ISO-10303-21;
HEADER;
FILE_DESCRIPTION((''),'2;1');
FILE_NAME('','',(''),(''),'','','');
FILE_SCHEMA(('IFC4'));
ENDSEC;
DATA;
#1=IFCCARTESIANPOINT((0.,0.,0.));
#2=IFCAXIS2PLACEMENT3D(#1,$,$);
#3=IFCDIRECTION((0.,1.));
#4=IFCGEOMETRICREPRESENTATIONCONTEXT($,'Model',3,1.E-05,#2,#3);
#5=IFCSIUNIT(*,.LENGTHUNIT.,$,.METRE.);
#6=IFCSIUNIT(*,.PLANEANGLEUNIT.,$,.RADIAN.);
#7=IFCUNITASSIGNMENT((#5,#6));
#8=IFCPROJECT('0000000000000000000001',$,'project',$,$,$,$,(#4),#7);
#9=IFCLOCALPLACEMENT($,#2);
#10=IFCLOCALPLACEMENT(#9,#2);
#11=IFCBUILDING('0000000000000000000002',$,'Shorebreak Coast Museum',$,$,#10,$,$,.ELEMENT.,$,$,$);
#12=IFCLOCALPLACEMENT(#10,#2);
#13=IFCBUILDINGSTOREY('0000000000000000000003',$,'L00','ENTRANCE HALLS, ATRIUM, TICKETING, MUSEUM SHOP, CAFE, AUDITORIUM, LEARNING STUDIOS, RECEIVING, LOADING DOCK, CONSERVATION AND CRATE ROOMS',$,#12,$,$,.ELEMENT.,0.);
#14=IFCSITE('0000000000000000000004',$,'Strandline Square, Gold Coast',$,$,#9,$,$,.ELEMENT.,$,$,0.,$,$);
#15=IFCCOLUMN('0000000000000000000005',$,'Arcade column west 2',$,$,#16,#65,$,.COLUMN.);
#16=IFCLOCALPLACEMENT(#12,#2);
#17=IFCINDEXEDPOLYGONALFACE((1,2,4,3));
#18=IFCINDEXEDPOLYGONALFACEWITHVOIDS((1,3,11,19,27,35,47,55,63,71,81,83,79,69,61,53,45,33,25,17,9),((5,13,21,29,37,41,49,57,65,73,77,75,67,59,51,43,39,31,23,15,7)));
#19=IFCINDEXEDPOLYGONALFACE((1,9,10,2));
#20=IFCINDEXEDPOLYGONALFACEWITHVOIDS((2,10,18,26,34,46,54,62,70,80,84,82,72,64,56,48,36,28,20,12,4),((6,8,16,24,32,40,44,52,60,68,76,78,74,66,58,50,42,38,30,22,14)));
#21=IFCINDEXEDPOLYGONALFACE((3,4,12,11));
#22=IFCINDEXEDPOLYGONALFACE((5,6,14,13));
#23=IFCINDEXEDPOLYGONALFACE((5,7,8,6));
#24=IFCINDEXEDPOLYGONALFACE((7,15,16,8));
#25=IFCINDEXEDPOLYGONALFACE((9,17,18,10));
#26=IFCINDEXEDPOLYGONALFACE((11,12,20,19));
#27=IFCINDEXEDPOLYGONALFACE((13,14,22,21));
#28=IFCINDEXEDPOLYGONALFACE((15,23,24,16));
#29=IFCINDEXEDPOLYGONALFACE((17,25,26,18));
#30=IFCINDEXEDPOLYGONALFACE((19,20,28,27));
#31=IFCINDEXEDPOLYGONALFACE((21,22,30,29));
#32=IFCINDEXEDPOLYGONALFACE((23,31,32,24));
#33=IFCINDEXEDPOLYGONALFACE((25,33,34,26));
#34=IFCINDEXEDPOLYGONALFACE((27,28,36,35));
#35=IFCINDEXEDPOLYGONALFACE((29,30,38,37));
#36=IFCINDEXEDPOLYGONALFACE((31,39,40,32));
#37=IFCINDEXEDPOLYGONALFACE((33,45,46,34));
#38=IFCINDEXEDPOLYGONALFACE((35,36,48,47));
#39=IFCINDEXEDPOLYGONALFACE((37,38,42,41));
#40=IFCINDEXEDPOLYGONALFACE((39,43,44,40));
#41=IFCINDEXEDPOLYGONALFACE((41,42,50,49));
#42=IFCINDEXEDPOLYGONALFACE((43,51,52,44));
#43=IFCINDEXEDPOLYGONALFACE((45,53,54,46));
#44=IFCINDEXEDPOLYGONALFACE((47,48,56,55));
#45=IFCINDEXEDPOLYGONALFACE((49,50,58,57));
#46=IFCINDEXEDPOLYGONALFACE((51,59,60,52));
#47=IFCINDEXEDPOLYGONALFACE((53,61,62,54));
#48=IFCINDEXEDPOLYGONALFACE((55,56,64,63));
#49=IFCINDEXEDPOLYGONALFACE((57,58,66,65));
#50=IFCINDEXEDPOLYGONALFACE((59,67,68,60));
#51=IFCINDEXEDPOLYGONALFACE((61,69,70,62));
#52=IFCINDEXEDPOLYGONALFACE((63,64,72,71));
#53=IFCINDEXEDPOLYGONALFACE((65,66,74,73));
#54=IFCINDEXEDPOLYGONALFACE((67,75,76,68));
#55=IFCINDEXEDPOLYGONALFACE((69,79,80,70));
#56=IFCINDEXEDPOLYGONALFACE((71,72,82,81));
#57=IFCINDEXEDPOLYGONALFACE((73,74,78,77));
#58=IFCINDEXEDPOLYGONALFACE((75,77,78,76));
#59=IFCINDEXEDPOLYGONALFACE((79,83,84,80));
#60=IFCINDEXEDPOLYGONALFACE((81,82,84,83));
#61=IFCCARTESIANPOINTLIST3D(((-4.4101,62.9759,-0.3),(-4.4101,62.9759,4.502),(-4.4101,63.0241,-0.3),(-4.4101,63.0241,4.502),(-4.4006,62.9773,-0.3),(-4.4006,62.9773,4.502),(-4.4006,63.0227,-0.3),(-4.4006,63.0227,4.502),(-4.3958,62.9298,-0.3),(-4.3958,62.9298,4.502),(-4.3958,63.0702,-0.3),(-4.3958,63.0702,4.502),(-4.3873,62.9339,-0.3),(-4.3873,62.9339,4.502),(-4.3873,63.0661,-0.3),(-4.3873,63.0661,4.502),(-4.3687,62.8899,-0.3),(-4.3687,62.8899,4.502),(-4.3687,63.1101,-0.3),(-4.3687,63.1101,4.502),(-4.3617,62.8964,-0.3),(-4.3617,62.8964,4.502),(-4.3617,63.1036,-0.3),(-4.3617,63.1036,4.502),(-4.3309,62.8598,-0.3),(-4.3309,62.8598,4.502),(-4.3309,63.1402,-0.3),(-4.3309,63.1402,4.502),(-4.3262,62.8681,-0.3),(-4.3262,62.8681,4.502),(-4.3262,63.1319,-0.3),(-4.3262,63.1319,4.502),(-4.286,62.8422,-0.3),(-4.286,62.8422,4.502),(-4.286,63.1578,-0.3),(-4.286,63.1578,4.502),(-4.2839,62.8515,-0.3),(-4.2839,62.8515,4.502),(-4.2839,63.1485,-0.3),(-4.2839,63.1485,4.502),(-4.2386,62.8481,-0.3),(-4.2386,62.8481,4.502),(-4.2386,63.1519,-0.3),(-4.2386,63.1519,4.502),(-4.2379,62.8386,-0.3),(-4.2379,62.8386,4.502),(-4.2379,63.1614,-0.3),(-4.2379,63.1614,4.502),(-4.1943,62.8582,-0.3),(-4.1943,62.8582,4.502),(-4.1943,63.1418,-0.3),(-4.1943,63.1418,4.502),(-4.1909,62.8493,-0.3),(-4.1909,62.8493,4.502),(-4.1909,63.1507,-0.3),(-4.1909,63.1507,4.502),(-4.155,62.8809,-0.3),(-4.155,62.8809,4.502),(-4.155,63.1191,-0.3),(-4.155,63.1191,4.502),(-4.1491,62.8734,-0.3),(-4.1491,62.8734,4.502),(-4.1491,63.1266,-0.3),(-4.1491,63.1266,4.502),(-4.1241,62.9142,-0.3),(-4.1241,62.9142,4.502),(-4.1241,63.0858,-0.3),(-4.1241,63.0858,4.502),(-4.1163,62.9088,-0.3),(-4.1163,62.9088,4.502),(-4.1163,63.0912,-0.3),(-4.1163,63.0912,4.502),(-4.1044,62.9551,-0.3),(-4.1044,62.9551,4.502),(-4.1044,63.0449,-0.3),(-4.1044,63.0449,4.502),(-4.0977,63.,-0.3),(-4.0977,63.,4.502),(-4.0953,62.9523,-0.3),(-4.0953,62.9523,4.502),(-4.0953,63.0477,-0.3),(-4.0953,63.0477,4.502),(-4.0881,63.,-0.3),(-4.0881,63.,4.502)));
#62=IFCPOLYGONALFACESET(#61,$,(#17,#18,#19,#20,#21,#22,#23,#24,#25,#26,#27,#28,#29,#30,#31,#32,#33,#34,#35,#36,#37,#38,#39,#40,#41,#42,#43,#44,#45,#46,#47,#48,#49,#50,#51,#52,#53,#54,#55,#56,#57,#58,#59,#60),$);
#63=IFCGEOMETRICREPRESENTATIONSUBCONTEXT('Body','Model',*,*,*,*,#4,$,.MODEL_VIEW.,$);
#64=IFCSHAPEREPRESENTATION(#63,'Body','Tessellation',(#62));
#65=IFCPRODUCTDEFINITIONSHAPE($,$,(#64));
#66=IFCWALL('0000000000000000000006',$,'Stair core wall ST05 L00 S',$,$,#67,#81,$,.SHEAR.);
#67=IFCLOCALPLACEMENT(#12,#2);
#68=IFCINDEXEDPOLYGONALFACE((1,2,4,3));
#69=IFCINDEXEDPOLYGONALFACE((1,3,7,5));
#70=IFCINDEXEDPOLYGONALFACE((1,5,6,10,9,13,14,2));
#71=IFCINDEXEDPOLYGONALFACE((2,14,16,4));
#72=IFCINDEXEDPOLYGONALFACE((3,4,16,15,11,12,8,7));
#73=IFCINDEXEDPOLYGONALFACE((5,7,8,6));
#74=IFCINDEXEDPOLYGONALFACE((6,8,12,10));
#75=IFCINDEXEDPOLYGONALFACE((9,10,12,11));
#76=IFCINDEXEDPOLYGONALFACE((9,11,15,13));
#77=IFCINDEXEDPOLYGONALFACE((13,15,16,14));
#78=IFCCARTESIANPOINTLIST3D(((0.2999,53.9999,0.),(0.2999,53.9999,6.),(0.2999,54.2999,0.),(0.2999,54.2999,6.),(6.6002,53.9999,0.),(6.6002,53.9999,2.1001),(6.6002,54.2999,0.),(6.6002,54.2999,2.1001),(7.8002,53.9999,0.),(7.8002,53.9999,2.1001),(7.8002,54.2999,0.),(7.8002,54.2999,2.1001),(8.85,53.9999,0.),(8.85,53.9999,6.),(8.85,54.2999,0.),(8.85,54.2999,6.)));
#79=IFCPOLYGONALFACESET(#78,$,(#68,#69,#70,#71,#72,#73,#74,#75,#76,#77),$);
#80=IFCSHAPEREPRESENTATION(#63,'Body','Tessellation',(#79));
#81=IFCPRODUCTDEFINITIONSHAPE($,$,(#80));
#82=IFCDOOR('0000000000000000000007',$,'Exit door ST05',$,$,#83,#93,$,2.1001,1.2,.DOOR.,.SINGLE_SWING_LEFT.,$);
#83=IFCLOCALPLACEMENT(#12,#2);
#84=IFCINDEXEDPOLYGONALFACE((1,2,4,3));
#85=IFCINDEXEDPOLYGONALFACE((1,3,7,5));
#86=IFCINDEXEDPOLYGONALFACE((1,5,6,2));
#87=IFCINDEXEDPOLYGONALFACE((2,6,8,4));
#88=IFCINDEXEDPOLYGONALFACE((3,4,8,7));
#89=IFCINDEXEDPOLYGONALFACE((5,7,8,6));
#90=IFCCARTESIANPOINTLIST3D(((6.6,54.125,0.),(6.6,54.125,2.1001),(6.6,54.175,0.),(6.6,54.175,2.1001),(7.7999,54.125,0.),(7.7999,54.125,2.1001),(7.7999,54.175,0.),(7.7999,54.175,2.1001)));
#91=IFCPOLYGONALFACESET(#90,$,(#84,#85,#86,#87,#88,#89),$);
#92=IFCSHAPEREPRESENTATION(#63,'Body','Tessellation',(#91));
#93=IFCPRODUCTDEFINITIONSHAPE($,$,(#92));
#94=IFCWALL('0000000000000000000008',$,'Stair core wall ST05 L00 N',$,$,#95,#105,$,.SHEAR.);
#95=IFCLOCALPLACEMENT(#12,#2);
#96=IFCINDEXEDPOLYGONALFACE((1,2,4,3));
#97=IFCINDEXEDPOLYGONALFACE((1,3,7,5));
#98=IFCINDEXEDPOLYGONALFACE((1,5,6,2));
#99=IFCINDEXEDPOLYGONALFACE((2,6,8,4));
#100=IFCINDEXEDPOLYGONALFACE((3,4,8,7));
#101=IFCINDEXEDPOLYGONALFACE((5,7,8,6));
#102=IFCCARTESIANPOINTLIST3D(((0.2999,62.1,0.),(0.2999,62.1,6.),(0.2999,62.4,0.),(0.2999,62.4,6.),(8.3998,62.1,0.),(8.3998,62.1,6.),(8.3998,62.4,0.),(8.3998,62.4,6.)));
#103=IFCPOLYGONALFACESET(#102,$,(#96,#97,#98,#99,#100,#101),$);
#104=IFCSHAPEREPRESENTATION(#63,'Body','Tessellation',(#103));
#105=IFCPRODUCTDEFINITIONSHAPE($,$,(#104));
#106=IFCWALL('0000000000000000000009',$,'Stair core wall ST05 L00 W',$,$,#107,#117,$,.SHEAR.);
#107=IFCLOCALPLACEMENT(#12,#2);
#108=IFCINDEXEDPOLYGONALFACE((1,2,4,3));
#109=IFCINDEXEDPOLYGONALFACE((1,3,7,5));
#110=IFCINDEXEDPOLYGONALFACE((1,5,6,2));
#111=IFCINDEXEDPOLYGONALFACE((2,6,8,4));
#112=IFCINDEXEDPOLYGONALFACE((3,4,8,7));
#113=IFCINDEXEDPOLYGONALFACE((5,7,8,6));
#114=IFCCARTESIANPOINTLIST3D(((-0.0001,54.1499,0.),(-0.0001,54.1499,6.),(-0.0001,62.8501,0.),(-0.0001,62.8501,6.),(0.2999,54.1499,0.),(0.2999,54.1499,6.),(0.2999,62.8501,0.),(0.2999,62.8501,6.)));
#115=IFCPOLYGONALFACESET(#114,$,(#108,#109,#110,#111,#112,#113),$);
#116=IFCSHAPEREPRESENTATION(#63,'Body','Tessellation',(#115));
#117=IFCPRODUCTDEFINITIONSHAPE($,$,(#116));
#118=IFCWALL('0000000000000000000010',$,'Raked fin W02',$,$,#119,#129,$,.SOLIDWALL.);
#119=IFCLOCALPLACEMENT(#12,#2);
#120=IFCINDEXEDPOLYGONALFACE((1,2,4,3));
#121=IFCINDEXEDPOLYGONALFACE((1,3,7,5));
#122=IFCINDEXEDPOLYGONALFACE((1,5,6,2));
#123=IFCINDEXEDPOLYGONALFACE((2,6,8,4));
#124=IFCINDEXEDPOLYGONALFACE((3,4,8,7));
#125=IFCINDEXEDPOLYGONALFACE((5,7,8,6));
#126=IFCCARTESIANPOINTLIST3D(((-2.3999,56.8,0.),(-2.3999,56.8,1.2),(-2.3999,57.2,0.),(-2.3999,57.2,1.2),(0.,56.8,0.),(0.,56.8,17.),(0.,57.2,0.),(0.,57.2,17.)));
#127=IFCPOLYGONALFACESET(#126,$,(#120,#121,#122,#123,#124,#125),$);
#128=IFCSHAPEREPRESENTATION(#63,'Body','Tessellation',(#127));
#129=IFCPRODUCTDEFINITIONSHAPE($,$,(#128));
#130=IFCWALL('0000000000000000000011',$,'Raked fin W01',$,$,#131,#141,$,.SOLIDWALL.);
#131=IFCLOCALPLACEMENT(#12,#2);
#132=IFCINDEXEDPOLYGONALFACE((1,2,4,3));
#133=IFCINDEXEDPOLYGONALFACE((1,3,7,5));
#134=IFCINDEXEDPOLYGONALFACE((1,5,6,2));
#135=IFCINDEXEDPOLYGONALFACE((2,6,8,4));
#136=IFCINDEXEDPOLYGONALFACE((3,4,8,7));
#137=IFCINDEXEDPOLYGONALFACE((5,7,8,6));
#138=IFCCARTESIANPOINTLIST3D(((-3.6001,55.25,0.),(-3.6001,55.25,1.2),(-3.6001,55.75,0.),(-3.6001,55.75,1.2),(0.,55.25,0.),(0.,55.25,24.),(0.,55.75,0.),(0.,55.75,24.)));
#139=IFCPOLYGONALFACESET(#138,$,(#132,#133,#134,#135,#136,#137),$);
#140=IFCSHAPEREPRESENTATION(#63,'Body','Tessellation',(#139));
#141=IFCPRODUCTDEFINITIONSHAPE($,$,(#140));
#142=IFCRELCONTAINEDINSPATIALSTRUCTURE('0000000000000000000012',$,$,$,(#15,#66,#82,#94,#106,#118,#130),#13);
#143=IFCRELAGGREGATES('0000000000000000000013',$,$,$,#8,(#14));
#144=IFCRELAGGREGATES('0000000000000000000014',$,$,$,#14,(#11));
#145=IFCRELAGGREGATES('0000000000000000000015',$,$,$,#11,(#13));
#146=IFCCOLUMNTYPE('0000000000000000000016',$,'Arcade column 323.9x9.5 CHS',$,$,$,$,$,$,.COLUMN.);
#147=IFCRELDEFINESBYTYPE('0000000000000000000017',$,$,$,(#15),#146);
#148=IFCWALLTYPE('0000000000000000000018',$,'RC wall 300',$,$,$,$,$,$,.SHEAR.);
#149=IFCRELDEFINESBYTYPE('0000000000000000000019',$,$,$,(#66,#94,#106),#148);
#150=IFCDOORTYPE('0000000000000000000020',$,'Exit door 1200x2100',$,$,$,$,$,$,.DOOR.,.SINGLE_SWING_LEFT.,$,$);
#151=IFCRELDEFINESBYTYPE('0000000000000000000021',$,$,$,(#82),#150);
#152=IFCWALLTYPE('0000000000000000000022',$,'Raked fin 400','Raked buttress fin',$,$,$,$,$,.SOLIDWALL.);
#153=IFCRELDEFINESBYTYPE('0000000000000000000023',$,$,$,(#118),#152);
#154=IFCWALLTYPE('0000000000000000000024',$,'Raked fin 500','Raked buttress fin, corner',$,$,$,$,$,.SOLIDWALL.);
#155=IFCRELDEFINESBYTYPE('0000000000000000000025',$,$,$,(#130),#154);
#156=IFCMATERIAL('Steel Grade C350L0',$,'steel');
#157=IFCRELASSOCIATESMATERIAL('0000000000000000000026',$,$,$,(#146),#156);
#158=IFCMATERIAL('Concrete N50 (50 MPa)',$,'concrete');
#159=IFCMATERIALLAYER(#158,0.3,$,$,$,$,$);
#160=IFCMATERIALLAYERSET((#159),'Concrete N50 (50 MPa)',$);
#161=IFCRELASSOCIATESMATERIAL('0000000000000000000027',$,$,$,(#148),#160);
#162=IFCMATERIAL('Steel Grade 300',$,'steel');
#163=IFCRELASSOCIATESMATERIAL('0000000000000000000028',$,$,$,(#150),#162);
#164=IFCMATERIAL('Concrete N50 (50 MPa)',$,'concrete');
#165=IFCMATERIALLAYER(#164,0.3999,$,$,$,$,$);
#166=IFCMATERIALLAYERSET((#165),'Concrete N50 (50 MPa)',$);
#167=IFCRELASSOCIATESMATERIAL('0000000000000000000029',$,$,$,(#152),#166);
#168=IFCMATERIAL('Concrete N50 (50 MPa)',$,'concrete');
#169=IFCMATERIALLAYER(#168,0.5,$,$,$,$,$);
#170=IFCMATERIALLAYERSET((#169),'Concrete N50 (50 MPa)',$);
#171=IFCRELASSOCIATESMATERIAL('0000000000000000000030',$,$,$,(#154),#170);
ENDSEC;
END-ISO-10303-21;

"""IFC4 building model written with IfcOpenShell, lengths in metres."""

from ifc_helpers import new_model, si_unit, direction, frame, frame_2d, origin, origin_2d, place, context, subcontext, project, spatial, polyline, rectangle, hollow_circle, outline, extrude, material, layer, layer_set, material_profile, profile_set, type_object, element, fill, save


model = new_model("IFC4")

# Units and contexts
model_context = context("Model", 3, precision=1e-05, world=origin(), true_north=direction((0.0, 1.0)))
body_context = subcontext(model_context, "Body", "Model", "MODEL_VIEW")
ifc_project = project(units=[si_unit("LENGTHUNIT", "METRE"), si_unit("PLANEANGLEUNIT", "RADIAN")], contexts=[model_context])

# Site, building, storey
site_placement = place(None, origin())
site = spatial("IfcSite", under=ifc_project, at=site_placement, Name="Strandline Square, Gold Coast", CompositionType="ELEMENT", RefElevation=0.0)
building_placement = place(site_placement, origin())
building = spatial("IfcBuilding", under=site, at=building_placement, Name="Shorebreak Coast Museum", CompositionType="ELEMENT")
storey_placement = place(building_placement, origin())
storey = spatial("IfcBuildingStorey", under=building, at=storey_placement, Name="L00", Description="ENTRANCE HALLS, ATRIUM, TICKETING, MUSEUM SHOP, CAFE, AUDITORIUM, LEARNING STUDIOS, RECEIVING, LOADING DOCK, CONSERVATION AND CRATE ROOMS", CompositionType="ELEMENT", Elevation=0.0)

# Column
ifc_material_1 = material(Name="Steel Grade C350L0", Category="steel")
ifc_material_profile_1 = material_profile(ifc_material_1, hollow_circle(Radius=0.1619, WallThickness=0.0095, at=origin_2d()), Name="323.9x9.5 CHS")
ifc_profile_set_1 = profile_set([ifc_material_profile_1], Name="Steel Grade C350L0")
column_type = type_object("IfcColumnType", Name="Arcade column 323.9x9.5 CHS", PredefinedType="COLUMN", material=ifc_profile_set_1)
column_placement = place(storey_placement, frame((-4.25, 63.0, -0.3), z_axis=(0.0, 0.0, 1.0), x_axis=(1.0, 0.0, 0.0)))
element("IfcColumn", 1, at=column_placement, inside=storey, type_object=column_type, Name="Arcade column west 2", PredefinedType="COLUMN", context=body_context, shape_type="SweptSolid", body=[
    extrude(hollow_circle(Radius=0.1619, WallThickness=0.0095, at=origin_2d()), origin(), (0.0, 0.0, 1.0), 4.802),
])

# Wall, opening, door
ifc_material_2 = material(Name="Concrete N50 (50 MPa)", Category="concrete")
ifc_layer_1 = layer(ifc_material_2, 0.3)
ifc_layer_set_1 = layer_set([ifc_layer_1], Name="Concrete N50 (50 MPa)")
wall_type_1 = type_object("IfcWallType", Name="RC wall 300", PredefinedType="SHEAR", material=ifc_layer_set_1)
wall_1_placement = place(storey_placement, frame((0.3, 54.1499, 0.0), z_axis=(0.0, 0.0, 1.0), x_axis=(1.0, 0.0, 0.0)))
wall_1 = element("IfcWall", 2, at=wall_1_placement, inside=storey, type_object=wall_type_1, Name="Stair core wall ST05 L00 S", PredefinedType="SHEAR", context=body_context, shape_type="SweptSolid", body=[
    extrude(rectangle(XDim=8.55, YDim=0.3, at=frame_2d((4.2749, 0.0))), origin(), (0.0, 0.0, 1.0), 6.0),
])
opening_placement = place(wall_1_placement, frame((6.3, 0.0, 0.0)))
opening = element("IfcOpeningElement", 3, at=opening_placement, cuts=wall_1, PredefinedType="OPENING", context=body_context, shape_type="SweptSolid", body=[
    extrude(rectangle(XDim=1.2, YDim=2.1001, at=frame_2d((0.6001, 1.05))), frame((0.0, 0.1599, 0.0), z_axis=(0.0, -1.0, 0.0), x_axis=(1.0, 0.0, 0.0)), (0.0, 0.0, 1.0), 0.3201),
])
ifc_material_3 = material(Name="Steel Grade 300", Category="steel")
door_type = type_object("IfcDoorType", Name="Exit door 1200x2100", OperationType="SINGLE_SWING_LEFT", PredefinedType="DOOR", material=ifc_material_3)
door_placement = place(opening_placement, frame((1.2, 0.0, 0.0), z_axis=(0.0, 0.0, 1.0), x_axis=(-1.0, 0.0, 0.0)))
door = element("IfcDoor", 4, at=door_placement, inside=storey, type_object=door_type, Name="Exit door ST05", OperationType="SINGLE_SWING_LEFT", OverallHeight=2.1001, OverallWidth=1.2, PredefinedType="DOOR", context=body_context, shape_type="SweptSolid", body=[
    extrude(rectangle(XDim=1.2, YDim=2.1001, at=frame_2d((0.6001, 1.05))), frame((0.0, 0.0249, 0.0), z_axis=(0.0, -1.0, 0.0), x_axis=(1.0, 0.0, 0.0)), (0.0, 0.0, 1.0), 0.05),
])
fill(opening, door)

# Walls
wall_2_placement = place(storey_placement, frame((0.3, 62.25, 0.0), z_axis=(0.0, 0.0, 1.0), x_axis=(1.0, 0.0, 0.0)))
element("IfcWall", 5, at=wall_2_placement, inside=storey, type_object=wall_type_1, Name="Stair core wall ST05 L00 N", PredefinedType="SHEAR", context=body_context, shape_type="SweptSolid", body=[
    extrude(rectangle(XDim=8.0999, YDim=0.3, at=frame_2d((4.0498, 0.0))), origin(), (0.0, 0.0, 1.0), 6.0),
])
wall_3_placement = place(storey_placement, frame((0.1499, 54.1499, 0.0), z_axis=(0.0, 0.0, 1.0), x_axis=(0.0, 1.0, 0.0)))
element("IfcWall", 6, at=wall_3_placement, inside=storey, type_object=wall_type_1, Name="Stair core wall ST05 L00 W", PredefinedType="SHEAR", context=body_context, shape_type="SweptSolid", body=[
    extrude(rectangle(XDim=8.7002, YDim=0.3, at=frame_2d((4.3501, 0.0))), origin(), (0.0, 0.0, 1.0), 6.0),
])
ifc_material_4 = material(Name="Concrete N50 (50 MPa)", Category="concrete")
ifc_layer_2 = layer(ifc_material_4, 0.3999)
ifc_layer_set_2 = layer_set([ifc_layer_2], Name="Concrete N50 (50 MPa)")
wall_type_2 = type_object("IfcWallType", Name="Raked fin 400", Description="Raked buttress fin", PredefinedType="SOLIDWALL", material=ifc_layer_set_2)
wall_4_placement = place(storey_placement, frame((0.0, 57.0, 0.0), z_axis=(0.0, 0.0, 1.0), x_axis=(-1.0, 0.0, 0.0)))
element("IfcWall", 7, at=wall_4_placement, inside=storey, type_object=wall_type_2, Name="Raked fin W02", PredefinedType="SOLIDWALL", context=body_context, shape_type="SweptSolid", body=[
    extrude(outline(polyline([(0.0, 0.0), (2.3999, 0.0), (2.3999, 1.2), (0.0, 17.0), (0.0, 0.0)])), frame((0.0, 0.2, 0.0), z_axis=(0.0, -1.0, 0.0), x_axis=(1.0, 0.0, 0.0)), (0.0, 0.0, 1.0), 0.3999),
])
ifc_material_5 = material(Name="Concrete N50 (50 MPa)", Category="concrete")
ifc_layer_3 = layer(ifc_material_5, 0.5)
ifc_layer_set_3 = layer_set([ifc_layer_3], Name="Concrete N50 (50 MPa)")
wall_type_3 = type_object("IfcWallType", Name="Raked fin 500", Description="Raked buttress fin, corner", PredefinedType="SOLIDWALL", material=ifc_layer_set_3)
wall_5_placement = place(storey_placement, frame((0.0, 55.5, 0.0), z_axis=(0.0, 0.0, 1.0), x_axis=(-1.0, 0.0, 0.0)))
element("IfcWall", 8, at=wall_5_placement, inside=storey, type_object=wall_type_3, Name="Raked fin W01", PredefinedType="SOLIDWALL", context=body_context, shape_type="SweptSolid", body=[
    extrude(outline(polyline([(0.0, 0.0), (3.6001, 0.0), (3.6001, 1.2), (0.0, 24.0), (0.0, 0.0)])), frame((0.0, 0.25, 0.0), z_axis=(0.0, -1.0, 0.0), x_axis=(1.0, 0.0, 0.0)), (0.0, 0.0, 1.0), 0.5),
])

save(model, "model.ifc")
